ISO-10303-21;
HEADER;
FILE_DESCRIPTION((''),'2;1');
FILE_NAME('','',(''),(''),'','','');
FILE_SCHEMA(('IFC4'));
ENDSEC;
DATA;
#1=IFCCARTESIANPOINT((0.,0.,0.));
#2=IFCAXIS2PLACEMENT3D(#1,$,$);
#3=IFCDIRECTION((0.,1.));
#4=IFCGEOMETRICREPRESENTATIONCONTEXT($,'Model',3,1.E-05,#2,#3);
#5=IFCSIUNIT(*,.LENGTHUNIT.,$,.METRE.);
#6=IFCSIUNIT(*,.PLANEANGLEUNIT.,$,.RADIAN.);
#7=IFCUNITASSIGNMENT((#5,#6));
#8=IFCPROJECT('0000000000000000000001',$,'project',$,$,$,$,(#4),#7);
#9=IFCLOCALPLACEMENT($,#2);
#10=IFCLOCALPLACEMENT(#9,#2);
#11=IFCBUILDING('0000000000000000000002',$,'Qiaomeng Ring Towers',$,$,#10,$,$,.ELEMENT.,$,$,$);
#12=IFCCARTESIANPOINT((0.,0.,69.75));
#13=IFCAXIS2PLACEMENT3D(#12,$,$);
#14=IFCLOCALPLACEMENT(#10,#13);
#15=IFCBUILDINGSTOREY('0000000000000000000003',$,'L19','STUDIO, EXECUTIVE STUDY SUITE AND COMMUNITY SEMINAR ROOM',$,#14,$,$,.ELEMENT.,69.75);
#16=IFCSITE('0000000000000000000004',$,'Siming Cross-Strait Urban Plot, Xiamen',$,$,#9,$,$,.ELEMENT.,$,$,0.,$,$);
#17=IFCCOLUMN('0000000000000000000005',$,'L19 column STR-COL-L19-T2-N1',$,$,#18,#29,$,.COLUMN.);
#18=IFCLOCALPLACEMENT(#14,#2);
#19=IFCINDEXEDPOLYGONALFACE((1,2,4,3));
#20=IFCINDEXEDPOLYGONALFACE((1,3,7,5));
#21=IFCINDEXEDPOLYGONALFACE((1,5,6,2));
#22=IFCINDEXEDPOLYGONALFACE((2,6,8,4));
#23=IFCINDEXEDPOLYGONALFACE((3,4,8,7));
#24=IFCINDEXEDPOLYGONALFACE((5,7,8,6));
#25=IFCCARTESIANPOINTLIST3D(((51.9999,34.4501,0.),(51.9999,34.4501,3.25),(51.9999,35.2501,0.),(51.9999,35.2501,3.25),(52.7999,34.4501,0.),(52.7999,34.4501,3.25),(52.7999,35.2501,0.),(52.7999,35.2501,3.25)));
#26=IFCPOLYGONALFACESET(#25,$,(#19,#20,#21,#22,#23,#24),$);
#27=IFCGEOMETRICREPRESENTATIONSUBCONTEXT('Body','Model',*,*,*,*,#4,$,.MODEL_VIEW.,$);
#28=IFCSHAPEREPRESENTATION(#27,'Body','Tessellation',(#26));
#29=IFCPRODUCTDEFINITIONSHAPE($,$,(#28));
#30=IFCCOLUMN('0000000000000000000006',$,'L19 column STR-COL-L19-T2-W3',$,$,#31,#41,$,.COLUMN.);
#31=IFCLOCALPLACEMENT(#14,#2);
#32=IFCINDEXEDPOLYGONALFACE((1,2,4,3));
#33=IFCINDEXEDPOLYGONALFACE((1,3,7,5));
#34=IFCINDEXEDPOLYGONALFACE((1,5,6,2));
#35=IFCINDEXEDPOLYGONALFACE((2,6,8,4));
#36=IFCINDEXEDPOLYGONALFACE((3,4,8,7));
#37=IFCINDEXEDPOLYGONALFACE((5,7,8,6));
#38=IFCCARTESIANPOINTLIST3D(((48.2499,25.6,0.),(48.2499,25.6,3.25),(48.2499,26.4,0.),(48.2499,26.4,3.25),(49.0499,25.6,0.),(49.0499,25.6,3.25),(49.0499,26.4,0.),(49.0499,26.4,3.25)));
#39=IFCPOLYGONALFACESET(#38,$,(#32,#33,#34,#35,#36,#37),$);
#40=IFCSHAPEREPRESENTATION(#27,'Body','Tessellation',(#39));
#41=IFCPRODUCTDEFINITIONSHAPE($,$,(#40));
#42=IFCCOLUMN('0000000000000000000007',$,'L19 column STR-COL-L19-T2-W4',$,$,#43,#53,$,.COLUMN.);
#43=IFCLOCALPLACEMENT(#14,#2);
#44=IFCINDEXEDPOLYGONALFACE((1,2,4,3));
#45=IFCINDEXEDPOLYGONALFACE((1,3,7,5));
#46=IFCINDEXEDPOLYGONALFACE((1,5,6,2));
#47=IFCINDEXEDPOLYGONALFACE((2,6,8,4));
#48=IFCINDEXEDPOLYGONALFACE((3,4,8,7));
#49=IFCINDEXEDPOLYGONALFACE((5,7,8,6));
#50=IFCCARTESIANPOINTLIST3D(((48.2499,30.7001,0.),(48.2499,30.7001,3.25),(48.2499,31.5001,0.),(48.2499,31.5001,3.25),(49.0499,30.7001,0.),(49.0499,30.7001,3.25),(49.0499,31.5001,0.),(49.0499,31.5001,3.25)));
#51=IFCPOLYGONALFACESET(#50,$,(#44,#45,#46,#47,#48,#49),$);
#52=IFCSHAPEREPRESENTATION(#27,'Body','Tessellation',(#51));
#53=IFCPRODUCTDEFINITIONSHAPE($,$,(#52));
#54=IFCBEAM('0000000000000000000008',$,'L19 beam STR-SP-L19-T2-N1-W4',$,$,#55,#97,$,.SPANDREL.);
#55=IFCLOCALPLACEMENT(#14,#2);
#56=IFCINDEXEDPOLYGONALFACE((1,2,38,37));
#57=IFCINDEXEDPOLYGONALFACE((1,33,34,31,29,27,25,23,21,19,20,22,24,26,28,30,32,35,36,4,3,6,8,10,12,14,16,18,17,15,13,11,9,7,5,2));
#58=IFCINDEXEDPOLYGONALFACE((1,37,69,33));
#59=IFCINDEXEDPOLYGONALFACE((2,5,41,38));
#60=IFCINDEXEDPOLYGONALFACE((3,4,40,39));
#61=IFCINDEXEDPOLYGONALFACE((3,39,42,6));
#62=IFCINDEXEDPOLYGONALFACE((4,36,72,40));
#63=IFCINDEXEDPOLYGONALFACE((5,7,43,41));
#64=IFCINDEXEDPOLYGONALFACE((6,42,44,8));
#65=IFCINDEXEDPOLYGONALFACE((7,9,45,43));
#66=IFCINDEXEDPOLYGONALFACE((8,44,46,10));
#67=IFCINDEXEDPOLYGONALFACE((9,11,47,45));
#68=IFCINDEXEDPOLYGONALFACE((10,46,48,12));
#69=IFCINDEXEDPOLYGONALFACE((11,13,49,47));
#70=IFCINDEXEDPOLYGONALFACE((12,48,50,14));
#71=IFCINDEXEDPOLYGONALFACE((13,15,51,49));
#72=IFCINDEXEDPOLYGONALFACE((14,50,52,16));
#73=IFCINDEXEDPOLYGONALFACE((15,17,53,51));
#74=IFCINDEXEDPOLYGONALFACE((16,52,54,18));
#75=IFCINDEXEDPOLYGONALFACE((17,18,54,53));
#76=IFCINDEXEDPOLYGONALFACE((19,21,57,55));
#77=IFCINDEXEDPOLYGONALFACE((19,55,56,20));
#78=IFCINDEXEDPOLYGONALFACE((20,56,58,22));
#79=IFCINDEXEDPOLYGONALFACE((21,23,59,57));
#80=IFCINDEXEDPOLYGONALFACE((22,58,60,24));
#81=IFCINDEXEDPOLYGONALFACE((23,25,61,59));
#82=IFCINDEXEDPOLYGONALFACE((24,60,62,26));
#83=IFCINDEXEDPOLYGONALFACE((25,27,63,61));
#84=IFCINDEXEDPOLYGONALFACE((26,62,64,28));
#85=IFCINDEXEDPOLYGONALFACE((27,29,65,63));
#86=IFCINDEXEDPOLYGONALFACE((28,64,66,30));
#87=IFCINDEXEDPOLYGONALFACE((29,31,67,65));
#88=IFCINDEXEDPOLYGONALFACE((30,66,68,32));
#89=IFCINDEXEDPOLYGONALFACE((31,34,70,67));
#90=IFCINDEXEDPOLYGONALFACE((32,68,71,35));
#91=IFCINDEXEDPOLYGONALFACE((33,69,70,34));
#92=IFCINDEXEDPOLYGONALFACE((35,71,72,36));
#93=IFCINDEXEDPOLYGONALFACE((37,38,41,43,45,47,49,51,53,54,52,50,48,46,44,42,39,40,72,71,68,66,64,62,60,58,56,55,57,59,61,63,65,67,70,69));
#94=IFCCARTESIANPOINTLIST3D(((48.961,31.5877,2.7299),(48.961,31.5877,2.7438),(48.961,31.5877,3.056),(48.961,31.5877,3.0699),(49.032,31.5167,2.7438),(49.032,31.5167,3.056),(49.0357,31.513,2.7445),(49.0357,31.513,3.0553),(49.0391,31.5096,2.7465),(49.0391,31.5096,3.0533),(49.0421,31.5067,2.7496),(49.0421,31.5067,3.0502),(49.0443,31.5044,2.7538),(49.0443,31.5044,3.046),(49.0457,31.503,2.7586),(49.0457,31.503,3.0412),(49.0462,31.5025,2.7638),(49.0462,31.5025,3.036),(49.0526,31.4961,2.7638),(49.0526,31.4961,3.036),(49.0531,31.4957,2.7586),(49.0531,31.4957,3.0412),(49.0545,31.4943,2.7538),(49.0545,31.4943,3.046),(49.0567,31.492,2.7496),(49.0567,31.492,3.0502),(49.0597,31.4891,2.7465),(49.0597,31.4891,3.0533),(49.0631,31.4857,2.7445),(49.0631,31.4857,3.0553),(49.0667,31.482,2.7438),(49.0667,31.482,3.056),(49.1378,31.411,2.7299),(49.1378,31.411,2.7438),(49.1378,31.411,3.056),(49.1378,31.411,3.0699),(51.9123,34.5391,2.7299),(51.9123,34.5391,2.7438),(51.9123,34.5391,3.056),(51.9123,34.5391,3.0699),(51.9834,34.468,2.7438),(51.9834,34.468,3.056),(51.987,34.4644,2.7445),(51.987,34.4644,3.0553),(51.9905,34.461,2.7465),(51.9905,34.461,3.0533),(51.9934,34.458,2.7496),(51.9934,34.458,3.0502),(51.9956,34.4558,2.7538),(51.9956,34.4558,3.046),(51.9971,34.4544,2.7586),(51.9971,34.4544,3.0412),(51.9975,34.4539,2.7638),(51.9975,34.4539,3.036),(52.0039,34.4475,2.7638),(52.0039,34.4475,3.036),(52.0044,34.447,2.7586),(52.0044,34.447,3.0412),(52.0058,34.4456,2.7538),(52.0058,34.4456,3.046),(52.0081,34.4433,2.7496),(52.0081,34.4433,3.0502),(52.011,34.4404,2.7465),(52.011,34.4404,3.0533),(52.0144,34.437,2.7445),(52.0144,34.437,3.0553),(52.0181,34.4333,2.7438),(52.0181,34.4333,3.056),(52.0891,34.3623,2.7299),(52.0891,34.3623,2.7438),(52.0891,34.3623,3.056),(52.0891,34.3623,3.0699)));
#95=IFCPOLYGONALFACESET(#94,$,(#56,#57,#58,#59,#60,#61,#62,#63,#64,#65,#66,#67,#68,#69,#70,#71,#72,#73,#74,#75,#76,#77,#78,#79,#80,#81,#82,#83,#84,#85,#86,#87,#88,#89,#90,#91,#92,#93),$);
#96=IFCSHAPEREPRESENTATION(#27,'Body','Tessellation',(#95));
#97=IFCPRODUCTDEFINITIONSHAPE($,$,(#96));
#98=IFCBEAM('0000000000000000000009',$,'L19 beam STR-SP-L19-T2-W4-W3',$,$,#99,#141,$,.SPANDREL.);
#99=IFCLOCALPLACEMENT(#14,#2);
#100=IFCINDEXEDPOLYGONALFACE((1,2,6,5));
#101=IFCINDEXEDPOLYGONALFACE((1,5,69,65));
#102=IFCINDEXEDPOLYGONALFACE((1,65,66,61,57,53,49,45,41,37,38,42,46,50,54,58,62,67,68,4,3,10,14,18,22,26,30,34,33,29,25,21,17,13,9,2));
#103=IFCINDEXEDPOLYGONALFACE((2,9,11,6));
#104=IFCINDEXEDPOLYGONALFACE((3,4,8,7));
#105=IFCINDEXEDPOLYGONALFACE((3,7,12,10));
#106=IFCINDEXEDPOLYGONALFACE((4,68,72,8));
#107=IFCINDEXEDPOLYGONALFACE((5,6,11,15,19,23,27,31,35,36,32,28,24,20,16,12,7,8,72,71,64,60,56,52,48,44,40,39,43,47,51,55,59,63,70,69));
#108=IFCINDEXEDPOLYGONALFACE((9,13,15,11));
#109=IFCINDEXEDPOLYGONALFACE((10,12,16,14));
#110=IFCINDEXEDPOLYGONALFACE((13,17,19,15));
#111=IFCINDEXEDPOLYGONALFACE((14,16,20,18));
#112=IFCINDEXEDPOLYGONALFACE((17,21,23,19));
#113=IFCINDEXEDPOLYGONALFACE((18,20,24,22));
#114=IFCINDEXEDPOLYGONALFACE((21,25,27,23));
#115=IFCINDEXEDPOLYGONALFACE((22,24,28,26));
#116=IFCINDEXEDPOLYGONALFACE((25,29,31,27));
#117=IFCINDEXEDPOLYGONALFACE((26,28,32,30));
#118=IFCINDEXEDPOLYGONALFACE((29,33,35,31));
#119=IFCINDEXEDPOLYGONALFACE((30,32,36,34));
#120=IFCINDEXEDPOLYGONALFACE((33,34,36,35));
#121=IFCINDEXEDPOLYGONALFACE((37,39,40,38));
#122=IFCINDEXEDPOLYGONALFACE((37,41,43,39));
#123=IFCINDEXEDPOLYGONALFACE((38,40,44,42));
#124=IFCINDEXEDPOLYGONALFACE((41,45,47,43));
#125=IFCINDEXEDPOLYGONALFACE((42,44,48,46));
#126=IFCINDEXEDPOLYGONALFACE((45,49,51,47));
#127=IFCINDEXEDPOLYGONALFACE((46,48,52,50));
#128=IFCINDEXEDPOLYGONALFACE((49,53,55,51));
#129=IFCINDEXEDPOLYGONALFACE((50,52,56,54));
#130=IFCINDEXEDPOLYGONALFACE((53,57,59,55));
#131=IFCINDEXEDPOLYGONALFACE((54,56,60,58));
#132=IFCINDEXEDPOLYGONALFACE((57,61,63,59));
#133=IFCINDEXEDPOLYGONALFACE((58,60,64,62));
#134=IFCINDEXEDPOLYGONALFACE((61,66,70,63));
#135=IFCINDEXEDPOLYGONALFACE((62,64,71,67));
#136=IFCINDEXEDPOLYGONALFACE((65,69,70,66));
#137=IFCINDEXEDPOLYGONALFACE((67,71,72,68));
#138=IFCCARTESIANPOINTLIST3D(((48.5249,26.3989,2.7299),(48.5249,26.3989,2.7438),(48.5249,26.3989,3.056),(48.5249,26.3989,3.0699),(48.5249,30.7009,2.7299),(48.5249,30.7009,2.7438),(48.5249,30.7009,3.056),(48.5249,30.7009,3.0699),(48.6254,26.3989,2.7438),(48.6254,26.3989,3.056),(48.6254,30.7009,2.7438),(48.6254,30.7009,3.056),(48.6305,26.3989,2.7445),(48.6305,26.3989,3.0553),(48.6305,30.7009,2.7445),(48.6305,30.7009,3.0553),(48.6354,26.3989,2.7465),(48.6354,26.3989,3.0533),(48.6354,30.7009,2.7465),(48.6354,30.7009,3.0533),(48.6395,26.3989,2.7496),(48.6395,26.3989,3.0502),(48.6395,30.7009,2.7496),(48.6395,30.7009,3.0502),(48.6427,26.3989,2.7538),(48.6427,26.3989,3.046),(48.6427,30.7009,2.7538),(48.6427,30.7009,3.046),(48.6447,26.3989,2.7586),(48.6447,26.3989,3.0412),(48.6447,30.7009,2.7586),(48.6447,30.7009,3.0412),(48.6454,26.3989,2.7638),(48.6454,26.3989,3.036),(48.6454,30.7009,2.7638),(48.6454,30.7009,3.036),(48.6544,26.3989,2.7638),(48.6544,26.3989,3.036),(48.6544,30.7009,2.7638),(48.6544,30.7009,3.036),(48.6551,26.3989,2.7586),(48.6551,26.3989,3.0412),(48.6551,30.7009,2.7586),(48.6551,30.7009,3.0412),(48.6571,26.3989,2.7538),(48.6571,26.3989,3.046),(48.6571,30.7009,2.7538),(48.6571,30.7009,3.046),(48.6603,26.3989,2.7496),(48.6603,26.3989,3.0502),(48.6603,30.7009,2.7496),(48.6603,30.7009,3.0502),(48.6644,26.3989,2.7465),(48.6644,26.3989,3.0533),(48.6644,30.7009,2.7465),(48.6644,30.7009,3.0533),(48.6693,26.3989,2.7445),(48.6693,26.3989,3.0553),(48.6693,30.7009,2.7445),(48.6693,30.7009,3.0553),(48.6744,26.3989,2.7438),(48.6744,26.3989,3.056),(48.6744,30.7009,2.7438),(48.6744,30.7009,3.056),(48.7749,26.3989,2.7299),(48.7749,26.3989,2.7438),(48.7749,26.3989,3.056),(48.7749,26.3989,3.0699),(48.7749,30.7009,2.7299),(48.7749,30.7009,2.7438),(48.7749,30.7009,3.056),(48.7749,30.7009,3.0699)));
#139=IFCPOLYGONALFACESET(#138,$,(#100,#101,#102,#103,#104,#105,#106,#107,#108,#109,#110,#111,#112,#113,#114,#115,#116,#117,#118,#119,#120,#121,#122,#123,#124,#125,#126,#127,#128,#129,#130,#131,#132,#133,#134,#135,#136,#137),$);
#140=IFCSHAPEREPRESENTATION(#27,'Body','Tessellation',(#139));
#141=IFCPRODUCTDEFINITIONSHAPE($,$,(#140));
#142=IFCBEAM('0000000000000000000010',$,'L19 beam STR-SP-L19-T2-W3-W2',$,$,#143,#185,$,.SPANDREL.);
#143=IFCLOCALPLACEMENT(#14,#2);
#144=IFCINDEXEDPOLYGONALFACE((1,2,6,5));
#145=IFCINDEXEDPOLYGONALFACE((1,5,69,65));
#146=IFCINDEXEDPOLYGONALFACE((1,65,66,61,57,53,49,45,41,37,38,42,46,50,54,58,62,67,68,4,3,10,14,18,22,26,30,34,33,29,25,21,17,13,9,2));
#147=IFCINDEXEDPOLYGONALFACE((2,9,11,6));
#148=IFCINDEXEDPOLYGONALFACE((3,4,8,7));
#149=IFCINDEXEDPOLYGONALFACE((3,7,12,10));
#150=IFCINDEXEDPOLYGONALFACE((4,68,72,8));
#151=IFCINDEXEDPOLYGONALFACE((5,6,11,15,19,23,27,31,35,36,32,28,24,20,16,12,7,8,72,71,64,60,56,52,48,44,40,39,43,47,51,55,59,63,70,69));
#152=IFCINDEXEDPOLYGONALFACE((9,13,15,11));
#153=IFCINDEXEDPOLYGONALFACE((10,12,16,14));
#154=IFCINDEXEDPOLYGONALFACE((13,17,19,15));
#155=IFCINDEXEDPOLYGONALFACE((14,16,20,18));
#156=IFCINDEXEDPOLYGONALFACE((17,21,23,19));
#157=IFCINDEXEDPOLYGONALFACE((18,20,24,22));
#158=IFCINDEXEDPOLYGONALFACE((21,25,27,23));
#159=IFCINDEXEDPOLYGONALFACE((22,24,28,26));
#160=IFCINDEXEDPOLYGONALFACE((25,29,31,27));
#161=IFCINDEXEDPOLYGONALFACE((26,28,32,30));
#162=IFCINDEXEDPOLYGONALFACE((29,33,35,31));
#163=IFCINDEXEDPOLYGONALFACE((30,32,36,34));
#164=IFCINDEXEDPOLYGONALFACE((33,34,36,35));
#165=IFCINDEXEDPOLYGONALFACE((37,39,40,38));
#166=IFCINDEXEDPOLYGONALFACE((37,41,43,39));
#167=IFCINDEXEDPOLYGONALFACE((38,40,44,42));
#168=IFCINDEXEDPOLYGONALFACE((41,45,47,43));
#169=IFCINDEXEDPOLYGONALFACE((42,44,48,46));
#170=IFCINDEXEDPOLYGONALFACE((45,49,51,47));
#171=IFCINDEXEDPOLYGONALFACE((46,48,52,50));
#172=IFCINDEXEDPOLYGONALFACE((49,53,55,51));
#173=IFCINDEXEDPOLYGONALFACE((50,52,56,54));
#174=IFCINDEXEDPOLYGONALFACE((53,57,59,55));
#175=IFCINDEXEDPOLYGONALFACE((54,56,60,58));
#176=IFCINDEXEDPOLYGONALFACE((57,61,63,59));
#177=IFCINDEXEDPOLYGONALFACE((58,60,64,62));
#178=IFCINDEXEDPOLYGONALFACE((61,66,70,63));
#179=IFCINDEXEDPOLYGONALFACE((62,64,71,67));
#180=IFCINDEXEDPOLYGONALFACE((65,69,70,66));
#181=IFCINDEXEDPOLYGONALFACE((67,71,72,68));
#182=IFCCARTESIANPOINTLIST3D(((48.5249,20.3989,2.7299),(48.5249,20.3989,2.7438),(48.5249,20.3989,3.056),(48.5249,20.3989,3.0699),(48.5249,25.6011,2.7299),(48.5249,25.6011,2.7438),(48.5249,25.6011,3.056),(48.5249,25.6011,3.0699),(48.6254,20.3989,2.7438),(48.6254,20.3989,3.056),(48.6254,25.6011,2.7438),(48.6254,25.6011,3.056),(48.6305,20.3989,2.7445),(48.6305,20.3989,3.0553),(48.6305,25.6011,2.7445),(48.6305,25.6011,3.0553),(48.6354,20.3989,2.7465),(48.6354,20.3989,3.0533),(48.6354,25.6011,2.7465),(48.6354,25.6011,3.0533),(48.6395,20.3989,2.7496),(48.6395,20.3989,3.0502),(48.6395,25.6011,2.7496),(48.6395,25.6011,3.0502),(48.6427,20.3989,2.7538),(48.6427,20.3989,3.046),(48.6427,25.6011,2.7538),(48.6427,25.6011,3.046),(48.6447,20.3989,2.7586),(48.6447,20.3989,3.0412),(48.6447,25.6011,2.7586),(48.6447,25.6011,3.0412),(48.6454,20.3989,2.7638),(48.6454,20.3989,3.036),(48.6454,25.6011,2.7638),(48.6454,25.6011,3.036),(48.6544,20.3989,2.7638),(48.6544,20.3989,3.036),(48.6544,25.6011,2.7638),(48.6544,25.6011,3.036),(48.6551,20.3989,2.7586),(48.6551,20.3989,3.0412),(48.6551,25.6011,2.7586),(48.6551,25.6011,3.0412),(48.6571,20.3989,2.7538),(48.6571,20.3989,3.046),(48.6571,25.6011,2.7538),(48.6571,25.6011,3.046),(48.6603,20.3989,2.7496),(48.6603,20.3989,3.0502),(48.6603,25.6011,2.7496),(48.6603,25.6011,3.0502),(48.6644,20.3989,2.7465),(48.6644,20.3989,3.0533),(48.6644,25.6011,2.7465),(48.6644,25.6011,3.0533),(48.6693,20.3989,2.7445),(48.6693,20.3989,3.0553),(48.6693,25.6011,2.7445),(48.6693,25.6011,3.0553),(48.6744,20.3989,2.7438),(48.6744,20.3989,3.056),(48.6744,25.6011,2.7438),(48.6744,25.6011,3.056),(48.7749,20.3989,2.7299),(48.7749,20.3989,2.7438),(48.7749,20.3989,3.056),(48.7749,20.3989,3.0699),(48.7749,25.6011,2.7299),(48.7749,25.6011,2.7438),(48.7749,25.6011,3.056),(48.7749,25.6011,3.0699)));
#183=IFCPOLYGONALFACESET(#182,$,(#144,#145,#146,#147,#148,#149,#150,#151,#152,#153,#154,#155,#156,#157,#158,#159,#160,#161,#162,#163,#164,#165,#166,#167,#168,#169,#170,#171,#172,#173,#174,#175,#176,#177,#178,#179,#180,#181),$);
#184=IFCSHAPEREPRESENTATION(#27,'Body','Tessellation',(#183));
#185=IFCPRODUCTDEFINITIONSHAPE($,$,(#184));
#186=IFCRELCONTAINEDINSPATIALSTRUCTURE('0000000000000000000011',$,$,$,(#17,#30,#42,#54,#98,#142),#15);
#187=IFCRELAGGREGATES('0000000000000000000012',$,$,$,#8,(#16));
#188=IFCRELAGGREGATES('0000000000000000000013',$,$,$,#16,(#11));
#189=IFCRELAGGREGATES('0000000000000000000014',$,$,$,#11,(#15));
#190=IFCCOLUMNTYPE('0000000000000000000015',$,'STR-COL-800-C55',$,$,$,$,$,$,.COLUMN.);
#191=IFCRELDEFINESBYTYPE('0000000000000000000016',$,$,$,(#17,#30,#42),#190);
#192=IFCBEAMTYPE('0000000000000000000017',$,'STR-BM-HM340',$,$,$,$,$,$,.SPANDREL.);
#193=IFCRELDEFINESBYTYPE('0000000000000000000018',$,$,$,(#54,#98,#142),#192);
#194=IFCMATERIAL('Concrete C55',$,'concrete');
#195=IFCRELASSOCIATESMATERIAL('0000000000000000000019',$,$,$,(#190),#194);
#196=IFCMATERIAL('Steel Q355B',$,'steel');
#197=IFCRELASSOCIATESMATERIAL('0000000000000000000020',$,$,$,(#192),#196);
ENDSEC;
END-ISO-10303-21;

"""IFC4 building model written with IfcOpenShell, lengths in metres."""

from ifc_helpers import new_model, si_unit, direction, frame, origin, origin_2d, place, context, subcontext, project, spatial, rectangle, i_section, extrude, source, transform, mapped, material, material_profile, profile_set, type_object, element, save


model = new_model("IFC4")

# Units and contexts
model_context = context("Model", 3, precision=1e-05, world=origin(), true_north=direction((0.0, 1.0)))
body_context = subcontext(model_context, "Body", "Model", "MODEL_VIEW")
ifc_project = project(units=[si_unit("LENGTHUNIT", "METRE"), si_unit("PLANEANGLEUNIT", "RADIAN")], contexts=[model_context])

# Site, building, storey
site_placement = place(None, origin())
site = spatial("IfcSite", under=ifc_project, at=site_placement, Name="Siming Cross-Strait Urban Plot, Xiamen", CompositionType="ELEMENT", RefElevation=0.0)
building_placement = place(site_placement, origin())
building = spatial("IfcBuilding", under=site, at=building_placement, Name="Qiaomeng Ring Towers", CompositionType="ELEMENT")
storey_placement = place(building_placement, frame((0.0, 0.0, 69.75)))
storey = spatial("IfcBuildingStorey", under=building, at=storey_placement, Name="L19", Description="STUDIO, EXECUTIVE STUDY SUITE AND COMMUNITY SEMINAR ROOM", CompositionType="ELEMENT", Elevation=69.75)

# Columns
ifc_material_1 = material(Name="Concrete C55", Category="concrete")
ifc_material_profile_1 = material_profile(ifc_material_1, rectangle(XDim=0.8, YDim=0.8, at=origin_2d()), Name="RC COL 800x800")
ifc_profile_set_1 = profile_set([ifc_material_profile_1], Name="Concrete C55")
column_type = type_object("IfcColumnType", Name="STR-COL-800-C55", PredefinedType="COLUMN", material=ifc_profile_set_1)
shared_shape_1 = source(origin(), body_context, "Body", "SweptSolid", [
    extrude(rectangle(XDim=0.8, YDim=0.8, at=origin_2d()), origin(), (0.0, 0.0, 1.0), 3.25),
])
for number, where, z_axis, x_axis, name in (
    (1, (52.3999, 34.8501, 0.0), (0.0, 0.0, 1.0), (1.0, 0.0, 0.0), "L19 column STR-COL-L19-T2-N1"),
    (2, (48.6499, 26.0, 0.0), (0.0, 0.0, 1.0), (1.0, 0.0, 0.0), "L19 column STR-COL-L19-T2-W3"),
    (3, (48.6499, 31.1001, 0.0), (0.0, 0.0, 1.0), (1.0, 0.0, 0.0), "L19 column STR-COL-L19-T2-W4"),
):
    element("IfcColumn", number, at=place(storey_placement, frame(where, z_axis=z_axis, x_axis=x_axis)), inside=storey, type_object=column_type, Name=name, PredefinedType="COLUMN", context=body_context, shape_type="MappedRepresentation", body=[
        mapped(shared_shape_1, transform((0.0, 0.0, 0.0), x_axis=(1.0, 0.0, 0.0), y_axis=(0.0, 1.0, 0.0), z_axis=(0.0, 0.0, 1.0), scale=1.0)),
    ])

# Beams
ifc_material_2 = material(Name="Steel Q355B", Category="steel")
ifc_material_profile_2 = material_profile(ifc_material_2, i_section(OverallWidth=0.25, OverallDepth=0.3401, WebThickness=0.009, FlangeThickness=0.0139, FilletRadius=0.02, at=origin_2d()), Name="HM 340x250x9x14")
ifc_profile_set_2 = profile_set([ifc_material_profile_2], Name="Steel Q355B")
beam_type_1 = type_object("IfcBeamType", Name="STR-BM-HM340", PredefinedType="SPANDREL", material=ifc_profile_set_2)
shared_shape_2 = source(origin(), body_context, "Body", "SweptSolid", [
    extrude(i_section(OverallWidth=0.25, OverallDepth=0.3401, WebThickness=0.009, FlangeThickness=0.0139, FilletRadius=0.02, at=origin_2d()), origin(), (0.0, 0.0, 1.0), 4.1738),
])
beam_1_placement = place(storey_placement, frame((52.0007, 34.4507, 2.8999), z_axis=(-0.707107, -0.707107, 0.0), x_axis=(0.707107, -0.707107, 0.0)))
element("IfcBeam", 4, at=beam_1_placement, inside=storey, type_object=beam_type_1, Name="L19 beam STR-SP-L19-T2-N1-W4", PredefinedType="SPANDREL", context=body_context, shape_type="MappedRepresentation", body=[
    mapped(shared_shape_2, transform((0.0, 0.0, 0.0), x_axis=(1.0, 0.0, 0.0), y_axis=(0.0, 1.0, 0.0), z_axis=(0.0, 0.0, 1.0), scale=1.0)),
])
shared_shape_3 = source(origin(), body_context, "Body", "SweptSolid", [
    extrude(i_section(OverallWidth=0.25, OverallDepth=0.3401, WebThickness=0.009, FlangeThickness=0.0139, FilletRadius=0.02, at=origin_2d()), origin(), (0.0, 0.0, 1.0), 4.302),
])
beam_2_placement = place(storey_placement, frame((48.6499, 30.7009, 2.8999), z_axis=(0.0, -1.0, 0.0), x_axis=(1.0, 0.0, 0.0)))
element("IfcBeam", 5, at=beam_2_placement, inside=storey, type_object=beam_type_1, Name="L19 beam STR-SP-L19-T2-W4-W3", PredefinedType="SPANDREL", context=body_context, shape_type="MappedRepresentation", body=[
    mapped(shared_shape_3, transform((0.0, 0.0, 0.0), x_axis=(1.0, 0.0, 0.0), y_axis=(0.0, 1.0, 0.0), z_axis=(0.0, 0.0, 1.0), scale=1.0)),
])
shared_shape_4 = source(origin(), body_context, "Body", "SweptSolid", [
    extrude(i_section(OverallWidth=0.25, OverallDepth=0.3401, WebThickness=0.009, FlangeThickness=0.0139, FilletRadius=0.02, at=origin_2d()), origin(), (0.0, 0.0, 1.0), 5.2021),
])
beam_3_placement = place(storey_placement, frame((48.6499, 25.6011, 2.8999), z_axis=(0.0, -1.0, 0.0), x_axis=(1.0, 0.0, 0.0)))
element("IfcBeam", 6, at=beam_3_placement, inside=storey, type_object=beam_type_1, Name="L19 beam STR-SP-L19-T2-W3-W2", PredefinedType="SPANDREL", context=body_context, shape_type="MappedRepresentation", body=[
    mapped(shared_shape_4, transform((0.0, 0.0, 0.0), x_axis=(1.0, 0.0, 0.0), y_axis=(0.0, 1.0, 0.0), z_axis=(0.0, 0.0, 1.0), scale=1.0)),
])

save(model, "model.ifc")
